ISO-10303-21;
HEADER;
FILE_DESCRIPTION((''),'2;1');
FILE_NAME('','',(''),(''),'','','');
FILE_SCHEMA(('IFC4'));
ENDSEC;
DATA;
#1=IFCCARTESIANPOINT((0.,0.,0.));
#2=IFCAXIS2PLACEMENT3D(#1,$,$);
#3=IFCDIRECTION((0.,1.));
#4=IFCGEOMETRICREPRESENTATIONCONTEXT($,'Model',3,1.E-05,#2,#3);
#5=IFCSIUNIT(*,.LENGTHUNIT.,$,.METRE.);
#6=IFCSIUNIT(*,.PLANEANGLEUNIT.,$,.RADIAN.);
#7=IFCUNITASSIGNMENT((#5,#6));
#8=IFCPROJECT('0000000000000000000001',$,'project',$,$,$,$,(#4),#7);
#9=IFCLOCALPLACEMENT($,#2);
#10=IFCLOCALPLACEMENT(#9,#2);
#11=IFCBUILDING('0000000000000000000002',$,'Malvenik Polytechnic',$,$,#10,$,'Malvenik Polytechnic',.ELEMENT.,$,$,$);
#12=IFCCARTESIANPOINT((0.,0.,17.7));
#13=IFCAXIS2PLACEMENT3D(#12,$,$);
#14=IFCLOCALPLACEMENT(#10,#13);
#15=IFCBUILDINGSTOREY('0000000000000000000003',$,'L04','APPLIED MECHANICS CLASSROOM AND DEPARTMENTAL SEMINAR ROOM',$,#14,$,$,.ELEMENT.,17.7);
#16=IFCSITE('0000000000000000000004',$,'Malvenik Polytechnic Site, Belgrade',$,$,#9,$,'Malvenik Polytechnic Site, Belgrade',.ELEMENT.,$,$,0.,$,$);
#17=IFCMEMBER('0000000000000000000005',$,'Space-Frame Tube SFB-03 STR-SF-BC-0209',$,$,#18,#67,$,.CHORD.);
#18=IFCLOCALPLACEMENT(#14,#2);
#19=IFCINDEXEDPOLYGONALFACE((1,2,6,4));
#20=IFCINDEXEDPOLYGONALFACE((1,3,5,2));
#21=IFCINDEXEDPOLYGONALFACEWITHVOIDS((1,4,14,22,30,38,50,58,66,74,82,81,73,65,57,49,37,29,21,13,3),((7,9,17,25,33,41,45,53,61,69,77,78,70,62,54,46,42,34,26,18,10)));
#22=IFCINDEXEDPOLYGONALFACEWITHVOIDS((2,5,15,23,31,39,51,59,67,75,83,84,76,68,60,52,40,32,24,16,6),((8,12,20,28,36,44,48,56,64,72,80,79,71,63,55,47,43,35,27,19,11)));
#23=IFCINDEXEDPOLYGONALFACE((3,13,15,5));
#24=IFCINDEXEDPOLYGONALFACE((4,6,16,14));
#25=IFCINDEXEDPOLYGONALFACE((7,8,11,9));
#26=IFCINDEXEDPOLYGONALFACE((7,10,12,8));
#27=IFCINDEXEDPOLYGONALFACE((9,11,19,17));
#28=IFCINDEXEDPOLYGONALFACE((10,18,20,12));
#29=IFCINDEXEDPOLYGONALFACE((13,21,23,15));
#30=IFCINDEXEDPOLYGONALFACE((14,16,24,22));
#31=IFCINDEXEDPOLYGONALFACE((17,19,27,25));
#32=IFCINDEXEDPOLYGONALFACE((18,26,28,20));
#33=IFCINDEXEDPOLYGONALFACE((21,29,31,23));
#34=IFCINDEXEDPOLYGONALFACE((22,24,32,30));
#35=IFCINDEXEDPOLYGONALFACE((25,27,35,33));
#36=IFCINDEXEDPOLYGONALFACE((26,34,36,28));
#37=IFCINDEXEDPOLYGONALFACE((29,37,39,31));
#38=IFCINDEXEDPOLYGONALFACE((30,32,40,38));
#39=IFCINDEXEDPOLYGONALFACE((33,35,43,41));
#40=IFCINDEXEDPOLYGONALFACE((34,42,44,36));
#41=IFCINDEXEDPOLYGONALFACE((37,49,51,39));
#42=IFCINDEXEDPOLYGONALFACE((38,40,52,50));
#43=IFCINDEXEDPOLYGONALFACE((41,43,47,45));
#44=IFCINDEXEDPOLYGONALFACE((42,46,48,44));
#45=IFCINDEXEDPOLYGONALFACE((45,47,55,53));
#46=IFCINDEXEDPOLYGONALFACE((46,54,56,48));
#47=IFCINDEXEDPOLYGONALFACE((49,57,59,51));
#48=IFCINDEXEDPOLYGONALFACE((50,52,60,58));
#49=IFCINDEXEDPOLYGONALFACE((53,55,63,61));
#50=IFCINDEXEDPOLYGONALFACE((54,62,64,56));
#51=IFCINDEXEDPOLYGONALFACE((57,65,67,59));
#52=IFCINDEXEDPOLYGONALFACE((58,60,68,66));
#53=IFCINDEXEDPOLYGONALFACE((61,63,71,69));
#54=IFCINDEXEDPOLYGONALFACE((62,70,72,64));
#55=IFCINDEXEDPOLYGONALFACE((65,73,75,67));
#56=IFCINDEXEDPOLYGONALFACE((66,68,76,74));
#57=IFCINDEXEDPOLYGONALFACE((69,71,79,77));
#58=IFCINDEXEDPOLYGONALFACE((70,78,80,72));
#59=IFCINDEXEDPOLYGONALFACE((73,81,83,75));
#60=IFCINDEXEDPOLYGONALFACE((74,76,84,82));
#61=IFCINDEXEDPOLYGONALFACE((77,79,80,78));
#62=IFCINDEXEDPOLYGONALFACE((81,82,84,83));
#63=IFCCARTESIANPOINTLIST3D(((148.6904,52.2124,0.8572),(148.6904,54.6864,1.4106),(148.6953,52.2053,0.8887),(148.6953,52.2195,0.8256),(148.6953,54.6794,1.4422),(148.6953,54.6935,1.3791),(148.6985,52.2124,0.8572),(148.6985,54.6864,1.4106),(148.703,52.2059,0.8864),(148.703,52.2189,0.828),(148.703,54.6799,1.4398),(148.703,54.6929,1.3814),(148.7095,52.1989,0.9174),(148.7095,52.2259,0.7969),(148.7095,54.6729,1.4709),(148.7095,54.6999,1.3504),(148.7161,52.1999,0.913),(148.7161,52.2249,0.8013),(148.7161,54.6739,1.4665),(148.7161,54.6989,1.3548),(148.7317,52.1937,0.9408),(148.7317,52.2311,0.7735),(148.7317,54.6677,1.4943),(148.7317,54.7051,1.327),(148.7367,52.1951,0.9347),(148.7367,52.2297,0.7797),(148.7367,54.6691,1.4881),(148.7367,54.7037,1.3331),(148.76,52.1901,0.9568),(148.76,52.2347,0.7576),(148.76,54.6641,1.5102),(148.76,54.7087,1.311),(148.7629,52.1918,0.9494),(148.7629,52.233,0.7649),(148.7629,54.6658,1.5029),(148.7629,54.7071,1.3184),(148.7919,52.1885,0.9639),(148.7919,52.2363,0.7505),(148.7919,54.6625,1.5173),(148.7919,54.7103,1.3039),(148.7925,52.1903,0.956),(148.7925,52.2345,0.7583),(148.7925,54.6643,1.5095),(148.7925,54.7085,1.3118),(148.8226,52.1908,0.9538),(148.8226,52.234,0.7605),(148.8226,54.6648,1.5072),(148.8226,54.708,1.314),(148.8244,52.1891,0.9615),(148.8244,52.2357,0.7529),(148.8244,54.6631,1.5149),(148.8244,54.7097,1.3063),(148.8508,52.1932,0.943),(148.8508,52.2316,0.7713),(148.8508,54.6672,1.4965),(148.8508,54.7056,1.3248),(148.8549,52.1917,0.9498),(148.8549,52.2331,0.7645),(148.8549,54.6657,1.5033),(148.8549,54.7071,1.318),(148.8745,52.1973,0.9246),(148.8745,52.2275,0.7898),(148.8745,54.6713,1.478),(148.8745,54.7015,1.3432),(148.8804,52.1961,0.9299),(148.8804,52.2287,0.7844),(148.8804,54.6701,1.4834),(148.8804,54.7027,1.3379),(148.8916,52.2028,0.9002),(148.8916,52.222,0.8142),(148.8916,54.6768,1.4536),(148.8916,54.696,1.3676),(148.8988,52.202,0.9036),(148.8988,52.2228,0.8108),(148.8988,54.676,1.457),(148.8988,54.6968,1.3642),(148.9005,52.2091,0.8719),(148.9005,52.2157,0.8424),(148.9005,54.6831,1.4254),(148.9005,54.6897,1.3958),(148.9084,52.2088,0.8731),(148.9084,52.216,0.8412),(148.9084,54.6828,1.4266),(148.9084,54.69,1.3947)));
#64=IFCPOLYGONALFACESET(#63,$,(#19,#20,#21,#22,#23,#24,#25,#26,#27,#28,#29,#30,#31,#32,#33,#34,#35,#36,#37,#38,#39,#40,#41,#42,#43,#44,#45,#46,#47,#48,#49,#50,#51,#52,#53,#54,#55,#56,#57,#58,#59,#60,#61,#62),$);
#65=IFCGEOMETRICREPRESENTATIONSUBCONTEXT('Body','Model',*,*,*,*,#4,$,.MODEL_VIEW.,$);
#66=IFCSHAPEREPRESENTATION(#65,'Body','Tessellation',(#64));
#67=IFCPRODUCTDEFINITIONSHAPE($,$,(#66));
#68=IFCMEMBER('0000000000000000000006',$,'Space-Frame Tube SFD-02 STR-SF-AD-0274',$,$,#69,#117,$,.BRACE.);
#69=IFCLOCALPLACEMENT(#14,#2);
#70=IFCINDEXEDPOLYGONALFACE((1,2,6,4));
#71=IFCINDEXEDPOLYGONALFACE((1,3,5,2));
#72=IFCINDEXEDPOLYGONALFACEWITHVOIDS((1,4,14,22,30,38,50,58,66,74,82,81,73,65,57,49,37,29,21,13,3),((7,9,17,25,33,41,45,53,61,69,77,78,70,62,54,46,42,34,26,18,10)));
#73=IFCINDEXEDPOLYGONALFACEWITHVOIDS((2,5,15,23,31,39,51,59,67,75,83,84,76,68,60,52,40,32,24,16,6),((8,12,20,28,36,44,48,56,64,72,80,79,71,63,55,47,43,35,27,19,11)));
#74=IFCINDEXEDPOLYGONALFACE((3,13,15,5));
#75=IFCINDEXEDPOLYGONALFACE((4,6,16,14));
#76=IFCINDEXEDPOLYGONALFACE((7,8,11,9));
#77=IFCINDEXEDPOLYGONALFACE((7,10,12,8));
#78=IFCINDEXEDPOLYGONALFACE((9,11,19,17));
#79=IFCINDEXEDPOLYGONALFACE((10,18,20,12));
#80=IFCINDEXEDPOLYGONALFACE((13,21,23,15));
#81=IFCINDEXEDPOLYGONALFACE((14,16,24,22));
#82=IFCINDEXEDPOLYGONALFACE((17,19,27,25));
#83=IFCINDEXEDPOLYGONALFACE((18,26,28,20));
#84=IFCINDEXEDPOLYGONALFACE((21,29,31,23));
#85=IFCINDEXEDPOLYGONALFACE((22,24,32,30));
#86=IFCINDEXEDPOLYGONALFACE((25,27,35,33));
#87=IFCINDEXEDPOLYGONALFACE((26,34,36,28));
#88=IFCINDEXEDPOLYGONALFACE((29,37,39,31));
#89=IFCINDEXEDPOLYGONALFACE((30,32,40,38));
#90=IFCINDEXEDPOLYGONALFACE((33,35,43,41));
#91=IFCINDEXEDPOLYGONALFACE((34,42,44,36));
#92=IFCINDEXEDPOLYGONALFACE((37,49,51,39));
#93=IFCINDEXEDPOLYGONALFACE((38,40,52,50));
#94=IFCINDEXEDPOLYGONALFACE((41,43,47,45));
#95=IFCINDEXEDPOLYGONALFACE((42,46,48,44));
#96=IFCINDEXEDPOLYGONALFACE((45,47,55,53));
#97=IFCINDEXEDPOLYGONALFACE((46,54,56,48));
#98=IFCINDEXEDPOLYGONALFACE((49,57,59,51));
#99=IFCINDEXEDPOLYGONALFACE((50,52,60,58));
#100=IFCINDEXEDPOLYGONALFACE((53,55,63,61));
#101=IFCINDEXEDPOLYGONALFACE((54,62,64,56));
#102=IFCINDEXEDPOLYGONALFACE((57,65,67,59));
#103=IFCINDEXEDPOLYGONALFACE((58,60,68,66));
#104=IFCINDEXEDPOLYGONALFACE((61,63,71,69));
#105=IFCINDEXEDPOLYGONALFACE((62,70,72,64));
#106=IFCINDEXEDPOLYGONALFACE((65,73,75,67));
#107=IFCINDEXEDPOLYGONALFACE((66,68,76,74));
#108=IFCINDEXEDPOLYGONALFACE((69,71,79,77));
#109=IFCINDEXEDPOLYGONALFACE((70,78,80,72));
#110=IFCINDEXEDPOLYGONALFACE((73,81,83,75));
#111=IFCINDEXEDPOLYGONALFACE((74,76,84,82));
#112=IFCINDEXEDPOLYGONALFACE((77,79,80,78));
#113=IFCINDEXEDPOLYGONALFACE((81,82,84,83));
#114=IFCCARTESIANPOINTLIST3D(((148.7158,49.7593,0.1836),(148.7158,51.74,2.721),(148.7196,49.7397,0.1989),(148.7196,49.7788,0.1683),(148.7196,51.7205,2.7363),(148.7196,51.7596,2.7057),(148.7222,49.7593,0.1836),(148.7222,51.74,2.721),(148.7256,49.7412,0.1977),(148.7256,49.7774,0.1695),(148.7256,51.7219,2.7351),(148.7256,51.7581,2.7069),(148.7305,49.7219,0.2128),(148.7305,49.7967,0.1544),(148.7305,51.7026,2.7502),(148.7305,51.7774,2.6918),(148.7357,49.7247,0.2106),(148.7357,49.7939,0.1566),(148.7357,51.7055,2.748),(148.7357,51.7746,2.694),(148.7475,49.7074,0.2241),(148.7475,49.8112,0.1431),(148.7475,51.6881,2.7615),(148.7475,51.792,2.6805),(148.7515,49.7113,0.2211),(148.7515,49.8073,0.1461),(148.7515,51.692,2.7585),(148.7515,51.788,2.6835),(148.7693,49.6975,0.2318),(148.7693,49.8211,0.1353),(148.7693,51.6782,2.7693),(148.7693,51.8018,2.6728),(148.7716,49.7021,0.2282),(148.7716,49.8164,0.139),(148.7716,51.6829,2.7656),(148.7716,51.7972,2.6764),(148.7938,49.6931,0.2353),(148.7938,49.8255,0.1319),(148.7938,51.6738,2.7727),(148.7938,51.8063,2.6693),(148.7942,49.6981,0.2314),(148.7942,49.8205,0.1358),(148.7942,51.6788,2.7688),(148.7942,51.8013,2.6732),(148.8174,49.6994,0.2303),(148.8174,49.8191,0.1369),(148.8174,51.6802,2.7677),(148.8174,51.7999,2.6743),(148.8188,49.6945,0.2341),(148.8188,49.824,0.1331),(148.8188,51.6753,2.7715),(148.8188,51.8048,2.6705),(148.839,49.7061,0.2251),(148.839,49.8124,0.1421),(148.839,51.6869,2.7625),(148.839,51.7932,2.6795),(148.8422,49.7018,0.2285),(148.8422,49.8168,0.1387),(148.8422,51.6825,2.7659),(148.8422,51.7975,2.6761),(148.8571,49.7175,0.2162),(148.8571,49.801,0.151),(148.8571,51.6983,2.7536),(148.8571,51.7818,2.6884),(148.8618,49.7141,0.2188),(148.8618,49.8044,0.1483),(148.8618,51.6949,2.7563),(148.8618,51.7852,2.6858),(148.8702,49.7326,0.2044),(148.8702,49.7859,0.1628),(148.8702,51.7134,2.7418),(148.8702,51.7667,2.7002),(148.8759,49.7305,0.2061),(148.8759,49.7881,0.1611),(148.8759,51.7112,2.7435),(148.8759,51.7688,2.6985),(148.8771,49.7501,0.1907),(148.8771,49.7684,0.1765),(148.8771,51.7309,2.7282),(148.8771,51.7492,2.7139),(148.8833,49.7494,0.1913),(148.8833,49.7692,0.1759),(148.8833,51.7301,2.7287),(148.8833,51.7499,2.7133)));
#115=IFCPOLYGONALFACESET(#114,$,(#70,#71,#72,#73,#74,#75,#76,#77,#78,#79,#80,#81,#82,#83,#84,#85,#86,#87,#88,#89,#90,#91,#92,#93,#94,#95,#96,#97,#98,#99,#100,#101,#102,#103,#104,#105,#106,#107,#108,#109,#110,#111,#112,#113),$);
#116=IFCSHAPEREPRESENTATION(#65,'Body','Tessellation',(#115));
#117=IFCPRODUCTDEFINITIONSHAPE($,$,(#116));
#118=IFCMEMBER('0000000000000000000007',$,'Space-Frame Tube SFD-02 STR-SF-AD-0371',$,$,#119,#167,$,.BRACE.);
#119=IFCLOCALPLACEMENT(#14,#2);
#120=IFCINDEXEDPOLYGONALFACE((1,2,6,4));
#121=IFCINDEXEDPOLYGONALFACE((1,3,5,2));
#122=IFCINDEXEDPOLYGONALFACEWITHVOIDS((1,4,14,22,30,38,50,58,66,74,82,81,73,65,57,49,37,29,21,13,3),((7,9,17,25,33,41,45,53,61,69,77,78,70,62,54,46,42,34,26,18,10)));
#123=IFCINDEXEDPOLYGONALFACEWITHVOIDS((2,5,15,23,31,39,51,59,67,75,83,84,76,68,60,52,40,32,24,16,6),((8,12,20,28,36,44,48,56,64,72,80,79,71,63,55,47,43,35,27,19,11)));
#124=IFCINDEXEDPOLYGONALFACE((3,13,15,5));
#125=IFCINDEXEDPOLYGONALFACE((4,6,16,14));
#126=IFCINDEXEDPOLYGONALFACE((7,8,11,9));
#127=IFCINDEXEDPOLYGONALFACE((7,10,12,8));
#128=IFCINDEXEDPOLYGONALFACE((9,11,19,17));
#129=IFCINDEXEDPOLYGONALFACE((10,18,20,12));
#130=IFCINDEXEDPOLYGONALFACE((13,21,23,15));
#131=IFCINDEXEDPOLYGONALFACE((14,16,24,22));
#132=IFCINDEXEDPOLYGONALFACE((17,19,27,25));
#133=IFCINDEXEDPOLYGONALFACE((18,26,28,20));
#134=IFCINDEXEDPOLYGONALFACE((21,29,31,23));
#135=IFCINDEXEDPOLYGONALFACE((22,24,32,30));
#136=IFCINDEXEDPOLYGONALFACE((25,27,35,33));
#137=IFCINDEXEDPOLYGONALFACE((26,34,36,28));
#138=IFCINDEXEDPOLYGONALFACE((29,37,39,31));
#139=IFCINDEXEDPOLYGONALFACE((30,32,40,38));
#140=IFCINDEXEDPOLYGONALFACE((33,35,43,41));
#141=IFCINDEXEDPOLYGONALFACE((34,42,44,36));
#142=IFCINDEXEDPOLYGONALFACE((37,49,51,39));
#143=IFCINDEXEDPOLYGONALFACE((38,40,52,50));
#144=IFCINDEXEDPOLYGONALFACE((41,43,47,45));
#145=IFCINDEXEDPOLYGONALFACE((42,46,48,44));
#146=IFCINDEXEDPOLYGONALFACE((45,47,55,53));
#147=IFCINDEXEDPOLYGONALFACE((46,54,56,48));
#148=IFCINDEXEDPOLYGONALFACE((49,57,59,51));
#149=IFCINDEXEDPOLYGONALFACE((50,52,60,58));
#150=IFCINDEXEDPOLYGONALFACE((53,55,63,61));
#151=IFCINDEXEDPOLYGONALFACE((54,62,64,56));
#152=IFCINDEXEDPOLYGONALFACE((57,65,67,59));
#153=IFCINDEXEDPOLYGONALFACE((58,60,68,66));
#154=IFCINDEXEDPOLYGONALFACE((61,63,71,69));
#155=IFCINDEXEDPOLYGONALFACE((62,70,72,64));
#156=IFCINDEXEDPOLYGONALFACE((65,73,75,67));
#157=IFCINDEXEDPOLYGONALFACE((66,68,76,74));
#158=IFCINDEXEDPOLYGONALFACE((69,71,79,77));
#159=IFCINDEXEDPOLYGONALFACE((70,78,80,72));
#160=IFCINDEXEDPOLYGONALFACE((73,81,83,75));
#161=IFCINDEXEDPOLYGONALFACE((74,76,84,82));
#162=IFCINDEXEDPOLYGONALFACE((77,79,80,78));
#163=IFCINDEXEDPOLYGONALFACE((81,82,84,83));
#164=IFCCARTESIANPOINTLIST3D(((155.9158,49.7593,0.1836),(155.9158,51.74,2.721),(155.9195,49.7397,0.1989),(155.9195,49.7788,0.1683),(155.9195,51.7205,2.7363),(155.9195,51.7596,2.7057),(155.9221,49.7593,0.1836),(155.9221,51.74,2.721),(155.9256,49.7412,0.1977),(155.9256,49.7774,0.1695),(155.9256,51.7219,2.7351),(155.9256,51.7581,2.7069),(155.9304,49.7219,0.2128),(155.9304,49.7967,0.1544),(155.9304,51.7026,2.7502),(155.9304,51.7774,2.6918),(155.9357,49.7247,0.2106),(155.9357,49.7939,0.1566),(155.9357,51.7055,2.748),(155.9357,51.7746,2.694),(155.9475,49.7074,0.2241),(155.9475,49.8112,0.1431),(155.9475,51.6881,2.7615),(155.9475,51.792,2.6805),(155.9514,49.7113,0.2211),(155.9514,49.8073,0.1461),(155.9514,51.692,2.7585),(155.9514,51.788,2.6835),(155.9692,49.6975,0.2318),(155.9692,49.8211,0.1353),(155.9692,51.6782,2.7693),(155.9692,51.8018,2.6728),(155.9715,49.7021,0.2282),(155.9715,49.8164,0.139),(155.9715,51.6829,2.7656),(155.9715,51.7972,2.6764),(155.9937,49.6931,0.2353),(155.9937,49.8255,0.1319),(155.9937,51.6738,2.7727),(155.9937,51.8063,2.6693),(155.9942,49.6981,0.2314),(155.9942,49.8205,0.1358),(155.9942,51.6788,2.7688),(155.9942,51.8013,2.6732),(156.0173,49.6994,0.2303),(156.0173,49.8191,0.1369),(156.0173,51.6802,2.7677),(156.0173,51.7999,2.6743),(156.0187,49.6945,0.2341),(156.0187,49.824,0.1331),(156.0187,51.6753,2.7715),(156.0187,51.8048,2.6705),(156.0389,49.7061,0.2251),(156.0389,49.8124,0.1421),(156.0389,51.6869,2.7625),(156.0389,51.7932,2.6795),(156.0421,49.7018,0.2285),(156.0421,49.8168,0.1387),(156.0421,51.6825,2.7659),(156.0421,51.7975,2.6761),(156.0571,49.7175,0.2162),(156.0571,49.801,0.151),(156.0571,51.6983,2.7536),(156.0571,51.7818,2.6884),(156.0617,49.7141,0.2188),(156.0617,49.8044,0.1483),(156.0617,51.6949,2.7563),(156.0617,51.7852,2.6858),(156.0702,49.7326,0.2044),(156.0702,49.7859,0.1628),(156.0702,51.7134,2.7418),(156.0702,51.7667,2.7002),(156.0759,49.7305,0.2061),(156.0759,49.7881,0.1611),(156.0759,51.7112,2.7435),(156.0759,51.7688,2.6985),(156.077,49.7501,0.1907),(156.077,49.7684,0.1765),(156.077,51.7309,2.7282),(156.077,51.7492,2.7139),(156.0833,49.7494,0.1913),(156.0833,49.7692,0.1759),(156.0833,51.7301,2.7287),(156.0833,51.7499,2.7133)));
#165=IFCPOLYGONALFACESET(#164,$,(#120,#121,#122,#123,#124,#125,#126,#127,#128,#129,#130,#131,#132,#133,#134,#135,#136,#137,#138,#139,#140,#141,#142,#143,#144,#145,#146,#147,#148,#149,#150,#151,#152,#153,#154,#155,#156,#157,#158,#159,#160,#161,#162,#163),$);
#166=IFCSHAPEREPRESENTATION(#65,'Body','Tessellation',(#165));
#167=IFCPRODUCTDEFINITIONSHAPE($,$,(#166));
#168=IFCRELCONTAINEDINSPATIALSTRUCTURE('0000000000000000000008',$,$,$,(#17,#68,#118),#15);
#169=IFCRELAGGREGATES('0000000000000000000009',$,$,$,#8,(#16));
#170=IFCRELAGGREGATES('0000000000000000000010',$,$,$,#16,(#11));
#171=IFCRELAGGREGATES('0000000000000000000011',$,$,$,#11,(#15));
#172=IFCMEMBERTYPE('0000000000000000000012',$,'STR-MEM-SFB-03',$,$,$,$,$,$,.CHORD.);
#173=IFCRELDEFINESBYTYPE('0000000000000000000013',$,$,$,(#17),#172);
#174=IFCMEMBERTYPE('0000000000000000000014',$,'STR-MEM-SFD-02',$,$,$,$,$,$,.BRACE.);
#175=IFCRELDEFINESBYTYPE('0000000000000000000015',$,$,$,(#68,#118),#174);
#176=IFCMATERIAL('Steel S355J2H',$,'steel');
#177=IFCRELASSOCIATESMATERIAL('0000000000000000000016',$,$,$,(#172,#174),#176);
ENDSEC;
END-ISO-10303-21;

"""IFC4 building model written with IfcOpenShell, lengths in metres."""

from ifc_helpers import new_model, si_unit, direction, frame, origin, origin_2d, place, context, subcontext, project, spatial, hollow_circle, extrude, material, material_profile, profile_set, type_object, element, save


model = new_model("IFC4")

# Units and contexts
model_context = context("Model", 3, precision=1e-05, world=origin(), true_north=direction((0.0, 1.0)))
body_context = subcontext(model_context, "Body", "Model", "MODEL_VIEW")
ifc_project = project(units=[si_unit("LENGTHUNIT", "METRE"), si_unit("PLANEANGLEUNIT", "RADIAN")], contexts=[model_context])

# Site, building, storey
site_placement = place(None, origin())
site = spatial("IfcSite", under=ifc_project, at=site_placement, Name="Malvenik Polytechnic Site, Belgrade", LongName="Malvenik Polytechnic Site, Belgrade", CompositionType="ELEMENT", RefElevation=0.0)
building_placement = place(site_placement, origin())
building = spatial("IfcBuilding", under=site, at=building_placement, Name="Malvenik Polytechnic", LongName="Malvenik Polytechnic", CompositionType="ELEMENT")
storey_placement = place(building_placement, frame((0.0, 0.0, 17.7)))
storey = spatial("IfcBuildingStorey", under=building, at=storey_placement, Name="L04", Description="APPLIED MECHANICS CLASSROOM AND DEPARTMENTAL SEMINAR ROOM", CompositionType="ELEMENT", Elevation=17.7)

# Members
ifc_material = material(Name="Steel S355J2H", Category="steel")
ifc_material_profile_1 = material_profile(ifc_material, hollow_circle(Radius=0.1096, WallThickness=0.0081, at=origin_2d()), Name="CHS 219.1x8.0")
ifc_profile_set_1 = profile_set([ifc_material_profile_1], Name="Steel S355J2H")
member_type_1 = type_object("IfcMemberType", Name="STR-MEM-SFB-03", PredefinedType="CHORD", material=ifc_profile_set_1)
for number, where, z_axis, x_axis, name in (
    (1, (148.8, 52.2124, 0.8572), (0.0, 0.97588, 0.218307), (-1.0, 0.0, 0.0), "Space-Frame Tube SFB-03 STR-SF-BC-0209"),
):
    element("IfcMember", number, at=place(storey_placement, frame(where, z_axis=z_axis, x_axis=x_axis)), inside=storey, type_object=member_type_1, Name=name, PredefinedType="CHORD", context=body_context, shape_type="SweptSolid", body=[
        extrude(hollow_circle(Radius=0.1096, WallThickness=0.0081, at=origin_2d()), origin(), (0.0, 0.0, 1.0), 2.5352),
    ])
ifc_material_profile_2 = material_profile(ifc_material, hollow_circle(Radius=0.0842, WallThickness=0.0063, at=origin_2d()), Name="CHS 168.3x6.3")
ifc_profile_set_2 = profile_set([ifc_material_profile_2], Name="Steel S355J2H")
member_type_2 = type_object("IfcMemberType", Name="STR-MEM-SFD-02", PredefinedType="BRACE", material=ifc_profile_set_2)
for number, where, z_axis, x_axis, name in (
    (2, (148.8, 49.7593, 0.1836), (0.0, 0.615336, 0.788265), (-1.0, 0.0, 0.0), "Space-Frame Tube SFD-02 STR-SF-AD-0274"),
    (3, (156.0, 49.7593, 0.1836), (0.0, 0.615336, 0.788265), (-1.0, 0.0, 0.0), "Space-Frame Tube SFD-02 STR-SF-AD-0371"),
):
    element("IfcMember", number, at=place(storey_placement, frame(where, z_axis=z_axis, x_axis=x_axis)), inside=storey, type_object=member_type_2, Name=name, PredefinedType="BRACE", context=body_context, shape_type="SweptSolid", body=[
        extrude(hollow_circle(Radius=0.0842, WallThickness=0.0063, at=origin_2d()), origin(), (0.0, 0.0, 1.0), 3.219),
    ])

save(model, "model.ifc")
